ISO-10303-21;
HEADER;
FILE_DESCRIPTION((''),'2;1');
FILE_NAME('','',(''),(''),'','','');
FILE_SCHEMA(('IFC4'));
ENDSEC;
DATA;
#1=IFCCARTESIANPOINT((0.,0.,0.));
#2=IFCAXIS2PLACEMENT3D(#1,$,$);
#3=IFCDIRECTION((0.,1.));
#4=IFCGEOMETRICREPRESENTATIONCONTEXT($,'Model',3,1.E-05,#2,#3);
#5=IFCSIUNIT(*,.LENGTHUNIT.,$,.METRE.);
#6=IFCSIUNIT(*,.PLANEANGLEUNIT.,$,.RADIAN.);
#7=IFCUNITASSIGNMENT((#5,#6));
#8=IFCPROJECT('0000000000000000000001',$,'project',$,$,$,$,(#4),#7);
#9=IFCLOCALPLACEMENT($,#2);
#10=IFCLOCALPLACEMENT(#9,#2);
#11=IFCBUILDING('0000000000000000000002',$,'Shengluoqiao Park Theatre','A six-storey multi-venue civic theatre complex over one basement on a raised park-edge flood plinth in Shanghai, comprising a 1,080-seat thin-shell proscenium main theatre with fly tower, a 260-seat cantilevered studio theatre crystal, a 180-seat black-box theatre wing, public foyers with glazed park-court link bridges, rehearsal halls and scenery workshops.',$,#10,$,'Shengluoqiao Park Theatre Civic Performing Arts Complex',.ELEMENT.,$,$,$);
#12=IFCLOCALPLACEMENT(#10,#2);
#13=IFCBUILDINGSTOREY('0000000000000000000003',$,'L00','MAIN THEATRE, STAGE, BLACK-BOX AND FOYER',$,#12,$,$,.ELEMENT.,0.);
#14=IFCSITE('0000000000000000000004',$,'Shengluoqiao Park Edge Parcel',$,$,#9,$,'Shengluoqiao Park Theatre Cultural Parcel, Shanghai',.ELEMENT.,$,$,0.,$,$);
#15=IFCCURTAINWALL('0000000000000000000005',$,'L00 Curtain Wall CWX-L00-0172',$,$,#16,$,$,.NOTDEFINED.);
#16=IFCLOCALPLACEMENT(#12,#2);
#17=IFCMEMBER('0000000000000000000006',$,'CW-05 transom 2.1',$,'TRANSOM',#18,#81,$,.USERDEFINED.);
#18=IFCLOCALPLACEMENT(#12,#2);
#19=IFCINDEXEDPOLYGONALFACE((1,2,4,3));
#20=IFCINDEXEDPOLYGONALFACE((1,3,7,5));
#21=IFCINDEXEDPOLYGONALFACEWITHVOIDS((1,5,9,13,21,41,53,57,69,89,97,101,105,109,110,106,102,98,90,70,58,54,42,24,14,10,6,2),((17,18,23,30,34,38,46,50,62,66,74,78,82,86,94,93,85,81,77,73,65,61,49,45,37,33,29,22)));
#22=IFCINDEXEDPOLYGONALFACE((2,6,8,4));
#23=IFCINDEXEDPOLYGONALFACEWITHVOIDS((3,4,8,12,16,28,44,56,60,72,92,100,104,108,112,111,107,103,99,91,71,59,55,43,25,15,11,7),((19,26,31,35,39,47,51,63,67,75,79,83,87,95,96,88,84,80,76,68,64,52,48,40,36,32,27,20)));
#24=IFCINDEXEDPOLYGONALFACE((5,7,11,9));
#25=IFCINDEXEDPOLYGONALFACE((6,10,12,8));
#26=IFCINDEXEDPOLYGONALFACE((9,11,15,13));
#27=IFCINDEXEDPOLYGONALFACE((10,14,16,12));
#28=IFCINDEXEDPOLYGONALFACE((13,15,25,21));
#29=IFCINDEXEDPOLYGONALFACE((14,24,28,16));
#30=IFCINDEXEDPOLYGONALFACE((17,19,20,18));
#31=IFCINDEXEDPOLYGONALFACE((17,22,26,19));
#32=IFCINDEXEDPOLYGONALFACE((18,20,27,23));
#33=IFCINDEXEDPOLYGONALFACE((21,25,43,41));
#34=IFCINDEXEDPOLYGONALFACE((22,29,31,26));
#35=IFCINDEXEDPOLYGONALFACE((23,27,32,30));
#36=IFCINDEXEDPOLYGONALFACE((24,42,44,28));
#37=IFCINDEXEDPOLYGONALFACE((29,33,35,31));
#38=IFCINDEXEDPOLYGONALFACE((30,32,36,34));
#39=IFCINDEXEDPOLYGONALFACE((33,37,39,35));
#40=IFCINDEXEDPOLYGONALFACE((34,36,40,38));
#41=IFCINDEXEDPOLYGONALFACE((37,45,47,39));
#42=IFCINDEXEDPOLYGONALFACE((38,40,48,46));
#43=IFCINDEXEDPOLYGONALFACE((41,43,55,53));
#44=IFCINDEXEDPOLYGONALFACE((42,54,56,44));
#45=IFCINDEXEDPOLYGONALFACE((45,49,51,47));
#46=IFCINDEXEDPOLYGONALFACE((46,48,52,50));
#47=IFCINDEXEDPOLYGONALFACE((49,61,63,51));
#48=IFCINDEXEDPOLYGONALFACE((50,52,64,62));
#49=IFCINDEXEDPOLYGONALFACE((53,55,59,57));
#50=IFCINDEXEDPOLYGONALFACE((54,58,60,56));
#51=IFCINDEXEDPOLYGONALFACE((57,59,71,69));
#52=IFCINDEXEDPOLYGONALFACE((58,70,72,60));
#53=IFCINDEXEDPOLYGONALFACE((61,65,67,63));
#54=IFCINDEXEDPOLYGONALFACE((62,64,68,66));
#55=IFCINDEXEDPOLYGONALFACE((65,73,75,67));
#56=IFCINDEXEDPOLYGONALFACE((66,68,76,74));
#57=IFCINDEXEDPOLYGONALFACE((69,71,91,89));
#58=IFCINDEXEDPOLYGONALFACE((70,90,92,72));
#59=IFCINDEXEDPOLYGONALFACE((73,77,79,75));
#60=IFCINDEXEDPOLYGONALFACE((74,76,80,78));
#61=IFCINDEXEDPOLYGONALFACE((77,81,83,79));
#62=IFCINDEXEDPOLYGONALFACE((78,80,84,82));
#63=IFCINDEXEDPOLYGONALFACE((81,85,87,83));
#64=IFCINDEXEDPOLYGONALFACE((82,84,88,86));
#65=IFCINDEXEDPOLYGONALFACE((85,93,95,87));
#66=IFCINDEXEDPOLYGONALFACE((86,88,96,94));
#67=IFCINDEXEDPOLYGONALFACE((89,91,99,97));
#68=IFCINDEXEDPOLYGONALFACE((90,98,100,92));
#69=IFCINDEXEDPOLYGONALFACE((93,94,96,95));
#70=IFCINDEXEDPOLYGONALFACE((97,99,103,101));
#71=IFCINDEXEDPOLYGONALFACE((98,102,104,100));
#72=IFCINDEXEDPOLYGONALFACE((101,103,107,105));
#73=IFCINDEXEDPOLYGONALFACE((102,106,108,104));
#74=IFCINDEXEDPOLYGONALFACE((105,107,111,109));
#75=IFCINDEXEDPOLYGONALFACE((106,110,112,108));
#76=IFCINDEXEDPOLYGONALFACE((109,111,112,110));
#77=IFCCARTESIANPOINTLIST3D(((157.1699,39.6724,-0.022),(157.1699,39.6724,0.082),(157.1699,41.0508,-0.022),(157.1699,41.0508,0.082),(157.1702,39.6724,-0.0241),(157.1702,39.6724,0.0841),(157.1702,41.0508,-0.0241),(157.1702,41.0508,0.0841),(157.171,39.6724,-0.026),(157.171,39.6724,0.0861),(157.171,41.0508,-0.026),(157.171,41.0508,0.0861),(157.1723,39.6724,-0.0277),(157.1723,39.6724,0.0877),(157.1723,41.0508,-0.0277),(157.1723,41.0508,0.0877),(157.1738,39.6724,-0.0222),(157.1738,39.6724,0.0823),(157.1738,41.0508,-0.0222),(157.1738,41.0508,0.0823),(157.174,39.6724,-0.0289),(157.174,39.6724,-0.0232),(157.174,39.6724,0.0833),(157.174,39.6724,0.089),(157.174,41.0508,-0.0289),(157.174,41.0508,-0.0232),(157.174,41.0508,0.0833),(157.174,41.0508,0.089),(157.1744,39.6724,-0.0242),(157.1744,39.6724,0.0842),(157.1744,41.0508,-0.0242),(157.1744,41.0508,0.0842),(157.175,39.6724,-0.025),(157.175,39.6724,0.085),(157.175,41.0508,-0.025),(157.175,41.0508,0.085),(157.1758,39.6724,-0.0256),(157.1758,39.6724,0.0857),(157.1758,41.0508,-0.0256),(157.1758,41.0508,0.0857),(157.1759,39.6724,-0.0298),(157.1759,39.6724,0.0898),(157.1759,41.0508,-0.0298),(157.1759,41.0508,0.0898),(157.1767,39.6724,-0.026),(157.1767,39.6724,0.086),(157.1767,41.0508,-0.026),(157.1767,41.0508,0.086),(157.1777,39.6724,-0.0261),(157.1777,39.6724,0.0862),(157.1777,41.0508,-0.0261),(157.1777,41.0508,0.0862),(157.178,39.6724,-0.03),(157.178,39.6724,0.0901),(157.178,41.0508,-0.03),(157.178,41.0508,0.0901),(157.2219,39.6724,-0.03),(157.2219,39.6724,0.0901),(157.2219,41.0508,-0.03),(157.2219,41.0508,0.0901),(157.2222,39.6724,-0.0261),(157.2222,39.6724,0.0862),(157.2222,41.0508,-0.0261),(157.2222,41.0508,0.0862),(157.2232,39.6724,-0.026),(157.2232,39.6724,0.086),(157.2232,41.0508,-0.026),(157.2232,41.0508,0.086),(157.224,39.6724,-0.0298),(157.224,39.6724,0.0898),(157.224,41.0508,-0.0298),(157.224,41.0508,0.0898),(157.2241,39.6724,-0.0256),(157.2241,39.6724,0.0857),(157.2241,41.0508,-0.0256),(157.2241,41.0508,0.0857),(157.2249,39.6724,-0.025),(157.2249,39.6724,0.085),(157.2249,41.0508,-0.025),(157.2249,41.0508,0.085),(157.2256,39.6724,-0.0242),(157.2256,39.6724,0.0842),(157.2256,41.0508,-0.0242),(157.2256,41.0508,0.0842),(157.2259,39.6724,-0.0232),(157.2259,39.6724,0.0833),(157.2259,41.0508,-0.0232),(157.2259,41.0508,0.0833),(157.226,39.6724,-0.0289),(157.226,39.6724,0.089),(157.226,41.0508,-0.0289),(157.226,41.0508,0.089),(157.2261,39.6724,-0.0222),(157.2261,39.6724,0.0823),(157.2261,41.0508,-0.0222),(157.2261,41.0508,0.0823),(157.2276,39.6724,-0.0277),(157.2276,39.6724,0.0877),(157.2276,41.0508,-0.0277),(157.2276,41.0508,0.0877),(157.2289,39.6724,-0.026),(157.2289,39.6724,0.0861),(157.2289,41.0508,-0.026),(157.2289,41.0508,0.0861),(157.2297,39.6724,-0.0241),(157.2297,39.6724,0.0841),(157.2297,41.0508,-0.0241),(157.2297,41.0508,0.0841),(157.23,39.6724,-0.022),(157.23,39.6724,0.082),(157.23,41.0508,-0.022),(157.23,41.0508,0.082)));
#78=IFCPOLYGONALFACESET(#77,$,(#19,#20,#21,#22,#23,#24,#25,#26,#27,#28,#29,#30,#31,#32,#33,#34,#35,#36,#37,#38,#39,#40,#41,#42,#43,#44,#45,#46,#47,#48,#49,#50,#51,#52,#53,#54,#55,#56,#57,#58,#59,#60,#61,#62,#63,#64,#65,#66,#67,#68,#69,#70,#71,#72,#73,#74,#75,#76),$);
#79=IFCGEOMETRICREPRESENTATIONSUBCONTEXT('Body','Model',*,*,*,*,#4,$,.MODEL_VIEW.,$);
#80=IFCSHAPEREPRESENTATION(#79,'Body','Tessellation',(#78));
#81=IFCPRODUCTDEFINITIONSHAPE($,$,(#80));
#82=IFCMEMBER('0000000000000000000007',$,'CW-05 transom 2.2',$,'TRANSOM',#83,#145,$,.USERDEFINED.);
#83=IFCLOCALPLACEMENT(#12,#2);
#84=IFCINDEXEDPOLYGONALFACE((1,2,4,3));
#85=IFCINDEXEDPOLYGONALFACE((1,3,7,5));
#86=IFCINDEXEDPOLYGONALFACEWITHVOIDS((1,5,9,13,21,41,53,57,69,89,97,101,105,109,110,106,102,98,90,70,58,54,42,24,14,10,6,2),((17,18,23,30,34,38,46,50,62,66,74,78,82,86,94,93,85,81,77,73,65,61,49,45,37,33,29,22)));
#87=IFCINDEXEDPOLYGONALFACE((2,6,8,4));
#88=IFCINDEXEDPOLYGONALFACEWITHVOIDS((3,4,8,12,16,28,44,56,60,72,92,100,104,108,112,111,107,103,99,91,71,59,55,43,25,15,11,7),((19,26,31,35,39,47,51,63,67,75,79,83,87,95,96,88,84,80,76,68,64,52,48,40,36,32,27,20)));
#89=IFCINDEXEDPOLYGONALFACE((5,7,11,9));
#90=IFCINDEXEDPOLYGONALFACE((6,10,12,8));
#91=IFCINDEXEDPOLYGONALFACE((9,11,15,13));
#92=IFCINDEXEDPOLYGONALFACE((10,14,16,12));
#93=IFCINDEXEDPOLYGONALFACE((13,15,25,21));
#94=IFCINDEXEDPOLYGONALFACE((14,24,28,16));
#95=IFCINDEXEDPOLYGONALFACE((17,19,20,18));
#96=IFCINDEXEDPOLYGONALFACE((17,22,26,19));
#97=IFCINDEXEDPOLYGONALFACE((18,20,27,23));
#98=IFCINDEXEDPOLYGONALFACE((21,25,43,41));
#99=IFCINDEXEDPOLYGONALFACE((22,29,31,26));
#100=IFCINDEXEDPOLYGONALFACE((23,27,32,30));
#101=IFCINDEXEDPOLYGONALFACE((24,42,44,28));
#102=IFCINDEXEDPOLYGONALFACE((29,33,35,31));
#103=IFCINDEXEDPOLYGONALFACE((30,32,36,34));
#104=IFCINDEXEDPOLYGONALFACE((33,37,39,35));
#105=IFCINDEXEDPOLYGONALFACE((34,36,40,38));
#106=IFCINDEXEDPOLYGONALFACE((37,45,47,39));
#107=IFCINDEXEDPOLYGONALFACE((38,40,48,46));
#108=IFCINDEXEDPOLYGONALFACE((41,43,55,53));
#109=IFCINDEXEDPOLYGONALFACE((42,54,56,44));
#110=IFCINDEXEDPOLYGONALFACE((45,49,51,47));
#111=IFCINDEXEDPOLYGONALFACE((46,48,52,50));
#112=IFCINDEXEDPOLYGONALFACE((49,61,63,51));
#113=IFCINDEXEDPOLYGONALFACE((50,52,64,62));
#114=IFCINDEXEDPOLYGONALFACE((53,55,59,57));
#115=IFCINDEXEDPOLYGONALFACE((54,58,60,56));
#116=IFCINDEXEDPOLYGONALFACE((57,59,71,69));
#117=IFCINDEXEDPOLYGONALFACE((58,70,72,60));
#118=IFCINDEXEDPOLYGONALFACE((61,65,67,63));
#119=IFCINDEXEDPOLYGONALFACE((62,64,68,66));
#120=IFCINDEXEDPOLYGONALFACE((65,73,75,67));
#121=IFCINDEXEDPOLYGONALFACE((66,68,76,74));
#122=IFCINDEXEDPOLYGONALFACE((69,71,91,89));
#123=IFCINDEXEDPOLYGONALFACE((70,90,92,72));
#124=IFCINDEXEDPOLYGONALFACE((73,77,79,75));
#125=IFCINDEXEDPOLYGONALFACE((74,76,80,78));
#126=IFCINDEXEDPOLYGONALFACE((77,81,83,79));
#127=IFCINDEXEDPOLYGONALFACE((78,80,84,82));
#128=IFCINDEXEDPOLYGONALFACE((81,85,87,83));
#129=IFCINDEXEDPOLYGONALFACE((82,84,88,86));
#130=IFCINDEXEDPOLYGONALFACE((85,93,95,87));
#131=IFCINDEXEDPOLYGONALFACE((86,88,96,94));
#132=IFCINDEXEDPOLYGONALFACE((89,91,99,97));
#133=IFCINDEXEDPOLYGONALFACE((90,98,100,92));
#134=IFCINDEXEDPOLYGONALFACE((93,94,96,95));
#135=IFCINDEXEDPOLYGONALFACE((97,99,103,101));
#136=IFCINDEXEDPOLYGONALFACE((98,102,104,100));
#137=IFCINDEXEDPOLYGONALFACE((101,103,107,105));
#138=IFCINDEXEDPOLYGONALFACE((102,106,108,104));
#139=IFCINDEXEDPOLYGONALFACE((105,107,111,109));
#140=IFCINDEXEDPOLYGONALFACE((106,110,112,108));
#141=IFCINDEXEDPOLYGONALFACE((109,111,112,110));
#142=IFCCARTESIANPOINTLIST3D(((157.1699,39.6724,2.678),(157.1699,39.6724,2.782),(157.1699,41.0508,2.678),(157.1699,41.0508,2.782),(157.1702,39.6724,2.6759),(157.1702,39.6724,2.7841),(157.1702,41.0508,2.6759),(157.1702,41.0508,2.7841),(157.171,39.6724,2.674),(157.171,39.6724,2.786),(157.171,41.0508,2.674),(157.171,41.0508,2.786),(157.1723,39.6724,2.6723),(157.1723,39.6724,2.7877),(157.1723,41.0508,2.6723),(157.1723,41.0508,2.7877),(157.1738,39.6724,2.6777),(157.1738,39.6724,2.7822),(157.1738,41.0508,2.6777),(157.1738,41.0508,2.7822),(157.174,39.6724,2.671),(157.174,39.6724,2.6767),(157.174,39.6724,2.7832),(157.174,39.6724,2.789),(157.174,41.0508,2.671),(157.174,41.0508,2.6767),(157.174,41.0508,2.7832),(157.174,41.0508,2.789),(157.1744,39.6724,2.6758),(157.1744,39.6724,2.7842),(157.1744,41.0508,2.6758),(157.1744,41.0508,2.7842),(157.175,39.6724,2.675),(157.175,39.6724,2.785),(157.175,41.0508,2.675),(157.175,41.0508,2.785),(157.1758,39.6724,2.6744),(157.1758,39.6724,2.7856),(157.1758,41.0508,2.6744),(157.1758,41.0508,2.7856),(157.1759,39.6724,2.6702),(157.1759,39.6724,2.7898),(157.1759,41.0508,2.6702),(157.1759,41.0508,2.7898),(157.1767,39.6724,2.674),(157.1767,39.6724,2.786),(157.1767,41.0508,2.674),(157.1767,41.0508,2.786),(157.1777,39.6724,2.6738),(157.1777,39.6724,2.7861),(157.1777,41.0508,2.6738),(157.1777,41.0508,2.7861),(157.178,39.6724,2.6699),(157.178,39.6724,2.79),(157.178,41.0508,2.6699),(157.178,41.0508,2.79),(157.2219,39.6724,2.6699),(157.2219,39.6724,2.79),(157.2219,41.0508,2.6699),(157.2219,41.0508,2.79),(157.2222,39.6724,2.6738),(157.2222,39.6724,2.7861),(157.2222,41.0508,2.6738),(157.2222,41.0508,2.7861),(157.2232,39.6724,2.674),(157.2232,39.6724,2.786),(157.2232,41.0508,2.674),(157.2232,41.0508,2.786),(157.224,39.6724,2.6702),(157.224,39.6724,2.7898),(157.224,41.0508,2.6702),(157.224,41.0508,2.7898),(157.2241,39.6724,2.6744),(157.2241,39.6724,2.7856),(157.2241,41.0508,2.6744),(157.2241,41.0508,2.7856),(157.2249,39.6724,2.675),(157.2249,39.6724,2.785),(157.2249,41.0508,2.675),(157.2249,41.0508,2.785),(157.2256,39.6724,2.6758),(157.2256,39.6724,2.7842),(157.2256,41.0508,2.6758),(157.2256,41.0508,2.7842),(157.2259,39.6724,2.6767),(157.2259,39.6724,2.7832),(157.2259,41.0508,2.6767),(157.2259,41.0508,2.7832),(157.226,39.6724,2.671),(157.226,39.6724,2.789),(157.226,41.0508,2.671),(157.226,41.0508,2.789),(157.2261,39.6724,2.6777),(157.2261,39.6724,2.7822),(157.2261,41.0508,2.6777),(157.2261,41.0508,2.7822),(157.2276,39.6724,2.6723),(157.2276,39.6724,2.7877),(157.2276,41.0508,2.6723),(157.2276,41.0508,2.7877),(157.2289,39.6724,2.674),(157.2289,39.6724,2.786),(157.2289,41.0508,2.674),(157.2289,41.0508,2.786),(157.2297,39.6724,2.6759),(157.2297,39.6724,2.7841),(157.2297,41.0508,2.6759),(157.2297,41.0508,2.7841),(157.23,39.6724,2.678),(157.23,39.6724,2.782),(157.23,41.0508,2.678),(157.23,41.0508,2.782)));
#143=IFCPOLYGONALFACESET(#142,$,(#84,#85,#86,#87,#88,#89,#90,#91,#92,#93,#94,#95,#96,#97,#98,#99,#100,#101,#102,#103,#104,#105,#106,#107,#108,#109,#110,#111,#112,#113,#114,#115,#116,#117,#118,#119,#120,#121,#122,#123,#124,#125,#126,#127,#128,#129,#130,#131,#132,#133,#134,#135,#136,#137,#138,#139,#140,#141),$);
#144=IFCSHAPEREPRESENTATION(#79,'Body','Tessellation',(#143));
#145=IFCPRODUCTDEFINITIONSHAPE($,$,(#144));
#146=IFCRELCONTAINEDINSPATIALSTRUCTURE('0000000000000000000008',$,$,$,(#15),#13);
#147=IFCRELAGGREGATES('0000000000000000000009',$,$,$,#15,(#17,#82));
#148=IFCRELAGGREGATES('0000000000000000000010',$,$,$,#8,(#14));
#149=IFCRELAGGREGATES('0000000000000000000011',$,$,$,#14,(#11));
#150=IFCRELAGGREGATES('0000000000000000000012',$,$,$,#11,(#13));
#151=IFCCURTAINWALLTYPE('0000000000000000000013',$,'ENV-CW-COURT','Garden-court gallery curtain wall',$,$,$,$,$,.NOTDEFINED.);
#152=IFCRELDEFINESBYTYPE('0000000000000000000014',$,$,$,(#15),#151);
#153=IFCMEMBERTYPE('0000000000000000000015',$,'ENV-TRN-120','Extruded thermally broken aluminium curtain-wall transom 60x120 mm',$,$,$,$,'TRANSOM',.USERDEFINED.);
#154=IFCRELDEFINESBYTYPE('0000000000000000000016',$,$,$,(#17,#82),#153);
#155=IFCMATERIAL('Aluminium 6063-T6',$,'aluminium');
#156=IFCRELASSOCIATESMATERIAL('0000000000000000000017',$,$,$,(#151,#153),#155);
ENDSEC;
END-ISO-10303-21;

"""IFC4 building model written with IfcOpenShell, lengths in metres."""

from ifc_helpers import new_model, si_unit, direction, frame, origin, origin_2d, place, context, subcontext, project, spatial, hollow_rectangle, extrude, material, material_profile, profile_set, type_object, element, aggregate, save


model = new_model("IFC4")

# Units and contexts
model_context = context("Model", 3, precision=1e-05, world=origin(), true_north=direction((0.0, 1.0)))
body_context = subcontext(model_context, "Body", "Model", "MODEL_VIEW")
ifc_project = project(units=[si_unit("LENGTHUNIT", "METRE"), si_unit("PLANEANGLEUNIT", "RADIAN")], contexts=[model_context])

# Site, building, storey
site_placement = place(None, origin())
site = spatial("IfcSite", under=ifc_project, at=site_placement, Name="Shengluoqiao Park Edge Parcel", LongName="Shengluoqiao Park Theatre Cultural Parcel, Shanghai", CompositionType="ELEMENT", RefElevation=0.0)
building_placement = place(site_placement, origin())
building = spatial("IfcBuilding", under=site, at=building_placement, Name="Shengluoqiao Park Theatre", Description="A six-storey multi-venue civic theatre complex over one basement on a raised park-edge flood plinth in Shanghai, comprising a 1,080-seat thin-shell proscenium main theatre with fly tower, a 260-seat cantilevered studio theatre crystal, a 180-seat black-box theatre wing, public foyers with glazed park-court link bridges, rehearsal halls and scenery workshops.", LongName="Shengluoqiao Park Theatre Civic Performing Arts Complex", CompositionType="ELEMENT")
storey_placement = place(building_placement, origin())
storey = spatial("IfcBuildingStorey", under=building, at=storey_placement, Name="L00", Description="MAIN THEATRE, STAGE, BLACK-BOX AND FOYER", CompositionType="ELEMENT", Elevation=0.0)

# Shared definitions
ifc_material_1 = material(Name="Aluminium 6063-T6", Category="aluminium")
curtain_wall_type = type_object("IfcCurtainWallType", Name="ENV-CW-COURT", Description="Garden-court gallery curtain wall", PredefinedType="NOTDEFINED", material=ifc_material_1)

# Curtain wall
curtain_wall_1_placement = place(storey_placement, origin())
curtain_wall_1 = element("IfcCurtainWall", 1, at=curtain_wall_1_placement, inside=storey, type_object=curtain_wall_type, Name="L00 Curtain Wall CWX-L00-0172", PredefinedType="NOTDEFINED")

# Members
ifc_material_profile_1 = material_profile(ifc_material_1, hollow_rectangle(XDim=0.0601, YDim=0.1201, WallThickness=0.0039, InnerFilletRadius=0.0039, OuterFilletRadius=0.0081, at=origin_2d()), Name="ALU TRANSOM 120x60x4")
ifc_profile_set_1 = profile_set([ifc_material_profile_1], Name="Aluminium 6063-T6")
member_type_1 = type_object("IfcMemberType", Name="ENV-TRN-120", Description="Extruded thermally broken aluminium curtain-wall transom 60x120 mm", ElementType="TRANSOM", PredefinedType="USERDEFINED", material=ifc_profile_set_1)
member_1_placement = place(storey_placement, frame((157.2, 39.6724, 0.03), z_axis=(0.0, 1.0, 0.0), x_axis=(-1.0, 0.0, 0.0)))
member_1 = element("IfcMember", 2, at=member_1_placement, type_object=member_type_1, Name="CW-05 transom 2.1", ObjectType="TRANSOM", PredefinedType="USERDEFINED", context=body_context, shape_type="SweptSolid", body=[
    extrude(hollow_rectangle(XDim=0.0601, YDim=0.1201, WallThickness=0.0039, InnerFilletRadius=0.0039, OuterFilletRadius=0.0081, at=origin_2d()), origin(), (0.0, 0.0, 1.0), 1.3784),
])
member_2_placement = place(storey_placement, frame((157.2, 39.6724, 2.73), z_axis=(0.0, 1.0, 0.0), x_axis=(-1.0, 0.0, 0.0)))
member_2 = element("IfcMember", 3, at=member_2_placement, type_object=member_type_1, Name="CW-05 transom 2.2", ObjectType="TRANSOM", PredefinedType="USERDEFINED", context=body_context, shape_type="SweptSolid", body=[
    extrude(hollow_rectangle(XDim=0.0601, YDim=0.1201, WallThickness=0.0039, InnerFilletRadius=0.0039, OuterFilletRadius=0.0081, at=origin_2d()), origin(), (0.0, 0.0, 1.0), 1.3784),
])

aggregate(curtain_wall_1, [member_1, member_2])

save(model, "model.ifc")
